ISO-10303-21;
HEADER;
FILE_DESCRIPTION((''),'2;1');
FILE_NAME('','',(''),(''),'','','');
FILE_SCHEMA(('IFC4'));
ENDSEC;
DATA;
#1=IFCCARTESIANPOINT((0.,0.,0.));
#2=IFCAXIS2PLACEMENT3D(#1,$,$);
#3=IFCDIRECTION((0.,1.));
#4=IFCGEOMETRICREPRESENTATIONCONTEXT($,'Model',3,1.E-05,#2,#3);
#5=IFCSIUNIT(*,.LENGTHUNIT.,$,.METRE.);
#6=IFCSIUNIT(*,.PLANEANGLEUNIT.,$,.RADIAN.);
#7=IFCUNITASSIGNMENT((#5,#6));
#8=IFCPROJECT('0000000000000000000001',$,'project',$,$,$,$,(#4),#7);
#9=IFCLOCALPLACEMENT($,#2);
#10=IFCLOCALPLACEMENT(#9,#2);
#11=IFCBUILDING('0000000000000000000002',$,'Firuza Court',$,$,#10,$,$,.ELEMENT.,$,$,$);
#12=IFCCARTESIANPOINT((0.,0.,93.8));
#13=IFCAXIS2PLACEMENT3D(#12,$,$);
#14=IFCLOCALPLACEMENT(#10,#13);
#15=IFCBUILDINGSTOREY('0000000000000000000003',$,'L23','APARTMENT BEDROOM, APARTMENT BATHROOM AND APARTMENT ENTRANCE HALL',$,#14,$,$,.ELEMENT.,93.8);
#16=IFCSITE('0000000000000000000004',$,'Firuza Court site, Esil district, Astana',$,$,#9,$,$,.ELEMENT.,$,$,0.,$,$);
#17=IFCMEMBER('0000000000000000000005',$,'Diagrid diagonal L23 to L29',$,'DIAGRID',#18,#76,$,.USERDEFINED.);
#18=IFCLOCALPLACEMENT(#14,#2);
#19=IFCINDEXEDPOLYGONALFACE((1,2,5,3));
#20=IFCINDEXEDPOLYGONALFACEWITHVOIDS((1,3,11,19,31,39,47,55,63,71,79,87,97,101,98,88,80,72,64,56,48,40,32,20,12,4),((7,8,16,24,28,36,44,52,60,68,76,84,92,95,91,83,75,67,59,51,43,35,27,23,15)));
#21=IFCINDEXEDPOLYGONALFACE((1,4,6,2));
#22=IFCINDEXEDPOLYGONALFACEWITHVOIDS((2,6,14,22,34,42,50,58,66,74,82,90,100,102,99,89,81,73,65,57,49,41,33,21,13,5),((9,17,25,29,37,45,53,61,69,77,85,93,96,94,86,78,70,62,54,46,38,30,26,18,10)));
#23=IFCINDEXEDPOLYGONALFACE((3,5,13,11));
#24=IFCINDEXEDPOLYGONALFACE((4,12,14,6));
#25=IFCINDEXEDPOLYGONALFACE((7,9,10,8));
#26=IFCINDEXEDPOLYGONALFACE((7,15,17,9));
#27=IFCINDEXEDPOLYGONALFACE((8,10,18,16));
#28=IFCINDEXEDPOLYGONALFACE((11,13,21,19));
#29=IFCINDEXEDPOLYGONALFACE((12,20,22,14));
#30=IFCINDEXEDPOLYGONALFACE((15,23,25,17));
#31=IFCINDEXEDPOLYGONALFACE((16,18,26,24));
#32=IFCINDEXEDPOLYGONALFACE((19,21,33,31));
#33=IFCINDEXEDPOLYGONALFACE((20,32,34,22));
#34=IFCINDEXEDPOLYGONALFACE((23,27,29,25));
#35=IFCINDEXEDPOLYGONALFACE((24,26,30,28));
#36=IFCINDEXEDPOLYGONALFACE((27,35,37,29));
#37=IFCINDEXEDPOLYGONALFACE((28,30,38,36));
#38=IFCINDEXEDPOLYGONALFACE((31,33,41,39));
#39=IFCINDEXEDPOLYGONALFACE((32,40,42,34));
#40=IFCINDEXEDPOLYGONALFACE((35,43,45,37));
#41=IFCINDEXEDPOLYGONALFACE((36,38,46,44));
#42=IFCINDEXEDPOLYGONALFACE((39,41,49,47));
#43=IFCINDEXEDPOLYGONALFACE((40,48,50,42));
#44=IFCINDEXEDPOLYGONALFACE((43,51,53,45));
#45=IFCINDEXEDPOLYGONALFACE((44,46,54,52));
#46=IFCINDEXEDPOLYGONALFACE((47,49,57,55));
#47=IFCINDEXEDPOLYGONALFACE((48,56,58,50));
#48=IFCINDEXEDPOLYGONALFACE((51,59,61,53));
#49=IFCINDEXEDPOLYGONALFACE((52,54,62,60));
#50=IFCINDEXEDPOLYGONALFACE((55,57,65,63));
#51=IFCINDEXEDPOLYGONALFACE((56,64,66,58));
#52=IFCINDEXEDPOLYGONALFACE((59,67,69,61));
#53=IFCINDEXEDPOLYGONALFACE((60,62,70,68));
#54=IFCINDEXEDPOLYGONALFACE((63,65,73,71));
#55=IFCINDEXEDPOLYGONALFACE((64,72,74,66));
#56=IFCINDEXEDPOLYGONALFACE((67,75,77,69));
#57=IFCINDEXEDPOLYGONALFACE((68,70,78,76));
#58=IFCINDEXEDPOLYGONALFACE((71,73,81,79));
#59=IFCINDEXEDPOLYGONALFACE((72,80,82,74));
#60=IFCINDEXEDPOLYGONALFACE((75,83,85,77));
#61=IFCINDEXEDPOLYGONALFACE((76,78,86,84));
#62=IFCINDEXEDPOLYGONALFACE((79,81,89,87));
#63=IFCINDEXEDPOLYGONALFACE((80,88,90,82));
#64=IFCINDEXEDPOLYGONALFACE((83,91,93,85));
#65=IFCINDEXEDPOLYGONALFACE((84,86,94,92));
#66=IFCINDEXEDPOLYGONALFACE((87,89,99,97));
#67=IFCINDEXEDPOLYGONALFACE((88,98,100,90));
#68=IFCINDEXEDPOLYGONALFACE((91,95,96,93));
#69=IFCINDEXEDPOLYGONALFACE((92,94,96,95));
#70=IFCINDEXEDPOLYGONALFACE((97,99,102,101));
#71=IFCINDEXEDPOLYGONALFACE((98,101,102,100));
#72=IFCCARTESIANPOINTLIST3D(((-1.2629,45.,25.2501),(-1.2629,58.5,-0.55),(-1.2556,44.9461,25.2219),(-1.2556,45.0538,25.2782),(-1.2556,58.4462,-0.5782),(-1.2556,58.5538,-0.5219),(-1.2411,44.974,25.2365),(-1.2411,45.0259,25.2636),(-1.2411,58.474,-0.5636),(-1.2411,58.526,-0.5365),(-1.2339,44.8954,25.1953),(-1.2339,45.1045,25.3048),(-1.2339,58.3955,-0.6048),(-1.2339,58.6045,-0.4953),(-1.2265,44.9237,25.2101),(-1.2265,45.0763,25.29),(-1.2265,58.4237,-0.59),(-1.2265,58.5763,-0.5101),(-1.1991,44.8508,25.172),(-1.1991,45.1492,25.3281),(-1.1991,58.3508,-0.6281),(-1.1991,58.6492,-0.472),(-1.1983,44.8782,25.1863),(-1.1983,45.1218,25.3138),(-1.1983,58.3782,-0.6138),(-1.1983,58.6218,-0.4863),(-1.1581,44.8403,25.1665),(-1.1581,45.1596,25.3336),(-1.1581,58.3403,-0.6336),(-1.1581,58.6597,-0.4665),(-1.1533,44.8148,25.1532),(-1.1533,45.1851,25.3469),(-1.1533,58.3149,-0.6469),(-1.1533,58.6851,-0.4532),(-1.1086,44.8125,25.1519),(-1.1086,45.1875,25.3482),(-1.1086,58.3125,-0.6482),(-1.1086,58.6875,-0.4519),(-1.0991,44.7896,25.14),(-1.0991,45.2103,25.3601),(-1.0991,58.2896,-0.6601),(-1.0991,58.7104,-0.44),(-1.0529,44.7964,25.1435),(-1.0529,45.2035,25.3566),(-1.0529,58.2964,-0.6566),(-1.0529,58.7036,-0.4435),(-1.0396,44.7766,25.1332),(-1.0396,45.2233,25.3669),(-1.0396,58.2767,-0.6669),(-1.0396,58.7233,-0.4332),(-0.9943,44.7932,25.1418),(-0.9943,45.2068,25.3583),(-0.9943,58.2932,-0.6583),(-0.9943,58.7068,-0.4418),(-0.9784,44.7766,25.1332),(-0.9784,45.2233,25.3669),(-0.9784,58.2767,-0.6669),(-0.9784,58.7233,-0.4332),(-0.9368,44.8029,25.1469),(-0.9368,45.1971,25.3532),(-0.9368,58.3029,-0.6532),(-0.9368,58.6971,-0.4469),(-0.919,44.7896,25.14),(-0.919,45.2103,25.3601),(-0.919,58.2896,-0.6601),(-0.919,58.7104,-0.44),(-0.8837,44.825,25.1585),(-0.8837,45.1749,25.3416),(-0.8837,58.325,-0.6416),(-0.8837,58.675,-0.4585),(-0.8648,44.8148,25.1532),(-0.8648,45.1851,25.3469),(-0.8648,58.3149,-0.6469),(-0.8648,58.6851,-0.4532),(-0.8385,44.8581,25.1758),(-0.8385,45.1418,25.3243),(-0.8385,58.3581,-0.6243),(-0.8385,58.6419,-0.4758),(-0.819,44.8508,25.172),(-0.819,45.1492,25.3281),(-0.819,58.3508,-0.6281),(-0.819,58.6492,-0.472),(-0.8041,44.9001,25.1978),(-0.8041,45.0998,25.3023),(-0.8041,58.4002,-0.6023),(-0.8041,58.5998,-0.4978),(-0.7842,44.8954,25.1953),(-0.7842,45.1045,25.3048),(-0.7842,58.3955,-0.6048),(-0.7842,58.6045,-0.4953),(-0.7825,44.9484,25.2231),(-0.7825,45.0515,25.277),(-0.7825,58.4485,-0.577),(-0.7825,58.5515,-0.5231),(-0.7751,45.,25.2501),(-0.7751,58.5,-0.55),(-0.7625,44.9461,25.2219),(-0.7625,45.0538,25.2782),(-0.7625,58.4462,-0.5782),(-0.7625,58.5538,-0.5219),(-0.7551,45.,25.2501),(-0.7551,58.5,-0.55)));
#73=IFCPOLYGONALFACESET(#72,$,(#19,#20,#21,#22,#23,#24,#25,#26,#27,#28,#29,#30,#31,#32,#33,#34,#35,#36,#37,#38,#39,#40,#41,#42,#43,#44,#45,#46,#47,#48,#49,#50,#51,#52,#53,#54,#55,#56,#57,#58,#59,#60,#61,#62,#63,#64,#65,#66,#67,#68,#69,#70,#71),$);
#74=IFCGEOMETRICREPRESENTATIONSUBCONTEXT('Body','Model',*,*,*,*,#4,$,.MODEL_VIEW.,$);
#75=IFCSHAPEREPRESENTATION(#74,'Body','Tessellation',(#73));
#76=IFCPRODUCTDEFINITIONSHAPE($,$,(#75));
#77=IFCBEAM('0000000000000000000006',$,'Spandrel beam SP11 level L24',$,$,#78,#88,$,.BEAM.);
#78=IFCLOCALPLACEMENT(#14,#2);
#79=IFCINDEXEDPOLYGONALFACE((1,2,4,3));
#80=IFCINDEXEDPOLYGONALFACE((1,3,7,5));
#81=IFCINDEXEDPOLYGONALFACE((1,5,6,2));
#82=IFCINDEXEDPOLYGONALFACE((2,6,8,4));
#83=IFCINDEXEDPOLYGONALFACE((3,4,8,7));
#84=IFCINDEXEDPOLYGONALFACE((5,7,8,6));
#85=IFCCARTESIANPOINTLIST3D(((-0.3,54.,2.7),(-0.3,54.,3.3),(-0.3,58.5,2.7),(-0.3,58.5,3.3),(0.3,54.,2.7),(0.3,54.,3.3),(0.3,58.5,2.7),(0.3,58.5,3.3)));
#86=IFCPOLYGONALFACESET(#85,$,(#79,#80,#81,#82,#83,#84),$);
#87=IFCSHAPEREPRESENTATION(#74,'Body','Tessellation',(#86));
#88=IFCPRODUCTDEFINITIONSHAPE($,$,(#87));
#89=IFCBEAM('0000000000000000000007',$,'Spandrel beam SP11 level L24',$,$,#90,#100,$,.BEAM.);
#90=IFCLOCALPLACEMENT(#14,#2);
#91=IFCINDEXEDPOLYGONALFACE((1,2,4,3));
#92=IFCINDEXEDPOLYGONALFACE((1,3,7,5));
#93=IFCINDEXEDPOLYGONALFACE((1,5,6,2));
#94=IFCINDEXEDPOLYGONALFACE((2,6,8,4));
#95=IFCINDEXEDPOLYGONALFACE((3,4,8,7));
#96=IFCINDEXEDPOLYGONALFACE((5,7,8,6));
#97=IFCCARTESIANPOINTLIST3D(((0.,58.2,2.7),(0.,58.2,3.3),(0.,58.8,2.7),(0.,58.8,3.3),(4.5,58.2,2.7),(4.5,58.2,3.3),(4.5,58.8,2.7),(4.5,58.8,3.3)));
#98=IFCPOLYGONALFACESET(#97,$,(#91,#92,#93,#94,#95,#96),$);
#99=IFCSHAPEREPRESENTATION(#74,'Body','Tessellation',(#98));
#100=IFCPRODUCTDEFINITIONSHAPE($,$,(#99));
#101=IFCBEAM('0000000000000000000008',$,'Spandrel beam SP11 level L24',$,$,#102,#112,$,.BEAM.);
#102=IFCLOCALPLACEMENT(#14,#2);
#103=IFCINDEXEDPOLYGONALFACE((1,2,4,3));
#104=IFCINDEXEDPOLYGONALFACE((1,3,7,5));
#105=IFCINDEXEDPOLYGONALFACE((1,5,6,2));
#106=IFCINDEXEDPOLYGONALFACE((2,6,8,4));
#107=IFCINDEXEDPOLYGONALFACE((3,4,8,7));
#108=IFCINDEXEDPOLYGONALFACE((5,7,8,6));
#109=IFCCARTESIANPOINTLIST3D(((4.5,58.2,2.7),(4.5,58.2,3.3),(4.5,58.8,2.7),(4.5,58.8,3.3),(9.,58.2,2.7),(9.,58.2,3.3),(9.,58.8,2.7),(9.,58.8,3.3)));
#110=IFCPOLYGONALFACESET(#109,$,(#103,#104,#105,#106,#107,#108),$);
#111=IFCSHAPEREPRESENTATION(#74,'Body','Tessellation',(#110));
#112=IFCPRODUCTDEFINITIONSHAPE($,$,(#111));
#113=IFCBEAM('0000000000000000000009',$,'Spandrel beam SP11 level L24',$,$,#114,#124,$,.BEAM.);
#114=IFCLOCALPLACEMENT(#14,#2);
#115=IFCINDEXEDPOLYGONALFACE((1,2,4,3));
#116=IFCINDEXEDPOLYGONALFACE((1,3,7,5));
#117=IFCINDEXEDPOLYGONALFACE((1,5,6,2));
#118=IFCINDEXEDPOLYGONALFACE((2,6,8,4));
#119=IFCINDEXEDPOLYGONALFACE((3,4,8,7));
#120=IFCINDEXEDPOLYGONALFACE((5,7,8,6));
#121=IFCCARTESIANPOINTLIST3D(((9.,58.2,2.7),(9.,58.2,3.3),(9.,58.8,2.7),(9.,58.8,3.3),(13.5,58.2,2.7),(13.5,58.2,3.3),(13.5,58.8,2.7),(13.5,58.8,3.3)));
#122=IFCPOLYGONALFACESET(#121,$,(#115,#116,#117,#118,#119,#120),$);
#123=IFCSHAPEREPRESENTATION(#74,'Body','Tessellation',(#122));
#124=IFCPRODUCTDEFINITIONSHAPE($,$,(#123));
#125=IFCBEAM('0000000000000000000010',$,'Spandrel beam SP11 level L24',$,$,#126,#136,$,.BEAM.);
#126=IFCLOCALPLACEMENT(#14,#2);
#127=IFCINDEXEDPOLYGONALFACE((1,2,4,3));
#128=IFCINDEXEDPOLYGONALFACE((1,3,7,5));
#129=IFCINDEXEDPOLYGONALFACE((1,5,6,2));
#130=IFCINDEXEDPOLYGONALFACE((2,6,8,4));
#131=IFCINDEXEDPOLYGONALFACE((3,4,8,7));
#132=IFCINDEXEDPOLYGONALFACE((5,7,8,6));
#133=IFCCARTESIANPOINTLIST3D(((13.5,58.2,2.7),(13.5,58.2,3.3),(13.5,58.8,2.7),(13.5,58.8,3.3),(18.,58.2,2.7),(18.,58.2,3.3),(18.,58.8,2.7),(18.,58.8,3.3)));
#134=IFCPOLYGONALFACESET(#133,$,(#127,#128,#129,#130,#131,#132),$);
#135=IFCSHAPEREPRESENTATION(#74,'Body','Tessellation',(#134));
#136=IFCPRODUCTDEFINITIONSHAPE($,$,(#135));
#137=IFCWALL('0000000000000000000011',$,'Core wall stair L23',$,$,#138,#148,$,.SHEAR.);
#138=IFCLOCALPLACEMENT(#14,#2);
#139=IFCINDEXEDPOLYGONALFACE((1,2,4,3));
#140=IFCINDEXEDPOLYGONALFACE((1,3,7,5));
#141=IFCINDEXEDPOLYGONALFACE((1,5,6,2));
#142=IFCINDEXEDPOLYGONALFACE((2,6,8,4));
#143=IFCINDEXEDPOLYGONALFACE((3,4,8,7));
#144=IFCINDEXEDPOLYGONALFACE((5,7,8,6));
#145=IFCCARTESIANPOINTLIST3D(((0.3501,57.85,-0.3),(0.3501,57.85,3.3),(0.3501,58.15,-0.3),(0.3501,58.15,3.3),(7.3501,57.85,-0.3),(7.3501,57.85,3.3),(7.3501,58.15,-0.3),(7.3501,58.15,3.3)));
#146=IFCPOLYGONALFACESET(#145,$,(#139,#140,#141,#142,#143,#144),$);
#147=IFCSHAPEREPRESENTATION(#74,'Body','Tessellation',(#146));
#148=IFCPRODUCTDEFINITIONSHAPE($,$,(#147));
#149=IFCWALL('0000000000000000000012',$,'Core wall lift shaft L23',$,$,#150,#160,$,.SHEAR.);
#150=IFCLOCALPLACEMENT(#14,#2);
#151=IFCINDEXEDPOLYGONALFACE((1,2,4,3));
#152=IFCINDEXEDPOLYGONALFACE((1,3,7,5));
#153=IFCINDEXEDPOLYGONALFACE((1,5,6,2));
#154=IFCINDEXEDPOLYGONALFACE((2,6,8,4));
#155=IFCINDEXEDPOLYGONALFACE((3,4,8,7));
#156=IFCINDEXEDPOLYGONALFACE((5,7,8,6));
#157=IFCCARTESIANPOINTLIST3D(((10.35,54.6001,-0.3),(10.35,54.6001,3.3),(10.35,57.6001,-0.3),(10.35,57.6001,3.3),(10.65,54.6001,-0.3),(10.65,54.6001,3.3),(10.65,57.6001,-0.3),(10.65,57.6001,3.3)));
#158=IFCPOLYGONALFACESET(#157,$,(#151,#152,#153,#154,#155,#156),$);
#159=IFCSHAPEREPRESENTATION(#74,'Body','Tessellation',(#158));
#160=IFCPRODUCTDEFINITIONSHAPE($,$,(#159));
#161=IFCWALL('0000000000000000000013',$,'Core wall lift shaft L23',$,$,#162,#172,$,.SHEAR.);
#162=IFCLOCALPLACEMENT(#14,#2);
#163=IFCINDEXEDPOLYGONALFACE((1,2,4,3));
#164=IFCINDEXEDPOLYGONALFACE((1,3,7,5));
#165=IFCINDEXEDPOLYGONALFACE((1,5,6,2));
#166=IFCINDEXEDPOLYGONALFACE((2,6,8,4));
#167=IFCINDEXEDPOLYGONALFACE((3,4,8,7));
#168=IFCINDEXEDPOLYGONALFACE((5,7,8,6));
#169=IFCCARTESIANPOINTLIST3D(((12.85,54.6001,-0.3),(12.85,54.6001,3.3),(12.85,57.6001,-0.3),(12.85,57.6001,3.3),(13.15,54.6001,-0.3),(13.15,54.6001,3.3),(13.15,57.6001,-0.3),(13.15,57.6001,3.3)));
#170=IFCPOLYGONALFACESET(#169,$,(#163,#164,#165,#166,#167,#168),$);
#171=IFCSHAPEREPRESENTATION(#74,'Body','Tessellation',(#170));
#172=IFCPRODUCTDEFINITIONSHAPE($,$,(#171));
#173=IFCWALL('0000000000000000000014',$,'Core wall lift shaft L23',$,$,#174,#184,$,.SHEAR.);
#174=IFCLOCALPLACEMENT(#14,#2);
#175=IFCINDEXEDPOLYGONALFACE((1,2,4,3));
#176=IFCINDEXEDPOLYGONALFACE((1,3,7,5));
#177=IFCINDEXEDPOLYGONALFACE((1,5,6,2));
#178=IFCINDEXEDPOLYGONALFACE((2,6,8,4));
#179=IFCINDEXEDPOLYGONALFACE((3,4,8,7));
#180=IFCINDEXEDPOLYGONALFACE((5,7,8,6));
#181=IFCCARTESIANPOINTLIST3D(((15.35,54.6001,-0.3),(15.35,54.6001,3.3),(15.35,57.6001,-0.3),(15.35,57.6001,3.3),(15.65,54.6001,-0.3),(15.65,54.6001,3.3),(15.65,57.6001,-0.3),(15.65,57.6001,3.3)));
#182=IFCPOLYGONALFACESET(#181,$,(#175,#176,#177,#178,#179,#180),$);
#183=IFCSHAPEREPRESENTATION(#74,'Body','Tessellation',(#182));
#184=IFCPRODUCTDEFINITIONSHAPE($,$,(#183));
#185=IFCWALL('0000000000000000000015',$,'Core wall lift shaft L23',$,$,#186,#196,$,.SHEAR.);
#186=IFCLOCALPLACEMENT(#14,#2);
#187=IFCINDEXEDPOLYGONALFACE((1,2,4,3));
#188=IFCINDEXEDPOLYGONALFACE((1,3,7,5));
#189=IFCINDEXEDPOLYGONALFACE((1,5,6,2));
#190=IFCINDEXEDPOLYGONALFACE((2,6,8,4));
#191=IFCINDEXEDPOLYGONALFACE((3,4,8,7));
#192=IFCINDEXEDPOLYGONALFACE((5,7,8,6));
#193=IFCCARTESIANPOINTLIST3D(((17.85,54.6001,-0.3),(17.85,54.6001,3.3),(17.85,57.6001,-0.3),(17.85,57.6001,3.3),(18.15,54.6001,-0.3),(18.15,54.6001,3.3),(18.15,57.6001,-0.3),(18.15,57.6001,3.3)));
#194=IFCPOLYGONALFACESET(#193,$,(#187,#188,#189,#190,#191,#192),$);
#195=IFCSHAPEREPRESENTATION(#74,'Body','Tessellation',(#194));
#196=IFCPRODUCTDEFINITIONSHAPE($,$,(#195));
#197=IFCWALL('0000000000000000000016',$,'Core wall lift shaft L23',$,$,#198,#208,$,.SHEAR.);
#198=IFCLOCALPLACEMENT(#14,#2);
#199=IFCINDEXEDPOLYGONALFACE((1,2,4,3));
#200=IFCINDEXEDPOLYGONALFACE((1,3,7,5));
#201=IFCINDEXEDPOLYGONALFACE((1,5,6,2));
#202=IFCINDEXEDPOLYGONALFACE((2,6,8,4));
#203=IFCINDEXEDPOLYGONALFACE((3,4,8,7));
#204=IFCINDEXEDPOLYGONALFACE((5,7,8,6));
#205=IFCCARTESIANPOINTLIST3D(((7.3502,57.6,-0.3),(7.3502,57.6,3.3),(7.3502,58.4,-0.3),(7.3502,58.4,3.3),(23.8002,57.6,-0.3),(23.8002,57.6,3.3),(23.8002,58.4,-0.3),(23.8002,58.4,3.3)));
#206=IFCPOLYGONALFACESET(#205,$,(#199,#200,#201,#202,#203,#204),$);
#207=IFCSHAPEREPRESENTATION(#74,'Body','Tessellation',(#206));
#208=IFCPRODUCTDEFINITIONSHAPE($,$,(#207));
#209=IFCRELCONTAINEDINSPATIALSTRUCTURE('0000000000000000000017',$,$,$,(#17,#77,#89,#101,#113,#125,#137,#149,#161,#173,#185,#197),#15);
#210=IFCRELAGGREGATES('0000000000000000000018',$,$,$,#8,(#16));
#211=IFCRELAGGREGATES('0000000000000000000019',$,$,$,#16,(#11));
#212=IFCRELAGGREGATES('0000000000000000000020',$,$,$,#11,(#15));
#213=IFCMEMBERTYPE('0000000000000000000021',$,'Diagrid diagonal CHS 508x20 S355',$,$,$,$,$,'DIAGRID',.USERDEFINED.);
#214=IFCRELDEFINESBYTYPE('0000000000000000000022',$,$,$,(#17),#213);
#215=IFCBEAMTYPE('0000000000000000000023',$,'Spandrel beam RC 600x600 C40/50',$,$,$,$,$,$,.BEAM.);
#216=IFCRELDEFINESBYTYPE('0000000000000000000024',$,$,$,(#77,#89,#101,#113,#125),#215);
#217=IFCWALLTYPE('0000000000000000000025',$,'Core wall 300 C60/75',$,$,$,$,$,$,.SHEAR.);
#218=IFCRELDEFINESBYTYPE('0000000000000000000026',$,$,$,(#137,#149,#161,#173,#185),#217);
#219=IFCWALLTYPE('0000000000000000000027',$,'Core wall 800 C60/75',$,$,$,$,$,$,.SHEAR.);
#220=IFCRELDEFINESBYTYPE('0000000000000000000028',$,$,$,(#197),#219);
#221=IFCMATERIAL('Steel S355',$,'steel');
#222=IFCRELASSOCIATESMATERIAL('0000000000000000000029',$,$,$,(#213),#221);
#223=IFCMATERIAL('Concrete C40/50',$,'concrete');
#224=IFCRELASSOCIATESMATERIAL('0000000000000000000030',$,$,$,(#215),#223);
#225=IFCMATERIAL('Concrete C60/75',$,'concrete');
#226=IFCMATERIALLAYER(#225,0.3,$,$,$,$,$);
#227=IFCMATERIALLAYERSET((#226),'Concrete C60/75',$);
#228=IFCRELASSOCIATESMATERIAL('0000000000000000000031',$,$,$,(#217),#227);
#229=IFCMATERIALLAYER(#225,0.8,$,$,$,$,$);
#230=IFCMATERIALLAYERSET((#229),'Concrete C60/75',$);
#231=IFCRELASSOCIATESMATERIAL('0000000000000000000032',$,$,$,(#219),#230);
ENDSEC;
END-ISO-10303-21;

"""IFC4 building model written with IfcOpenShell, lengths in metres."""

from ifc_helpers import new_model, si_unit, direction, frame, frame_2d, origin, origin_2d, place, context, subcontext, project, spatial, rectangle, hollow_circle, extrude, material, layer, layer_set, material_profile, profile_set, type_object, element, save


model = new_model("IFC4")

# Units and contexts
model_context = context("Model", 3, precision=1e-05, world=origin(), true_north=direction((0.0, 1.0)))
body_context = subcontext(model_context, "Body", "Model", "MODEL_VIEW")
ifc_project = project(units=[si_unit("LENGTHUNIT", "METRE"), si_unit("PLANEANGLEUNIT", "RADIAN")], contexts=[model_context])

# Site, building, storey
site_placement = place(None, origin())
site = spatial("IfcSite", under=ifc_project, at=site_placement, Name="Firuza Court site, Esil district, Astana", CompositionType="ELEMENT", RefElevation=0.0)
building_placement = place(site_placement, origin())
building = spatial("IfcBuilding", under=site, at=building_placement, Name="Firuza Court", CompositionType="ELEMENT")
storey_placement = place(building_placement, frame((0.0, 0.0, 93.8)))
storey = spatial("IfcBuildingStorey", under=building, at=storey_placement, Name="L23", Description="APARTMENT BEDROOM, APARTMENT BATHROOM AND APARTMENT ENTRANCE HALL", CompositionType="ELEMENT", Elevation=93.8)

# Member
ifc_material_1 = material(Name="Steel S355", Category="steel")
ifc_material_profile_1 = material_profile(ifc_material_1, hollow_circle(Radius=0.2539, WallThickness=0.02, at=origin_2d()), Name="CHS 508x20")
ifc_profile_set_1 = profile_set([ifc_material_profile_1], Name="Steel S355")
member_type = type_object("IfcMemberType", Name="Diagrid diagonal CHS 508x20 S355", ElementType="DIAGRID", PredefinedType="USERDEFINED", material=ifc_profile_set_1)
for number, where, z_axis, x_axis, name in (
    (1, (-1.009, 58.5, -0.55), (0.0, -0.463621, 0.886033), (1.0, 0.0, 0.0), "Diagrid diagonal L23 to L29"),
):
    element("IfcMember", number, at=place(storey_placement, frame(where, z_axis=z_axis, x_axis=x_axis)), inside=storey, type_object=member_type, Name=name, ObjectType="DIAGRID", PredefinedType="USERDEFINED", context=body_context, shape_type="SweptSolid", body=[
        extrude(hollow_circle(Radius=0.2539, WallThickness=0.02, at=origin_2d()), origin(), (0.0, 0.0, 1.0), 29.1187),
    ])

# Beams
ifc_material_2 = material(Name="Concrete C40/50", Category="concrete")
ifc_material_profile_2 = material_profile(ifc_material_2, rectangle(XDim=0.6001, YDim=0.6001, at=origin_2d()), Name="RC 600x600")
ifc_profile_set_2 = profile_set([ifc_material_profile_2], Name="Concrete C40/50")
beam_type = type_object("IfcBeamType", Name="Spandrel beam RC 600x600 C40/50", PredefinedType="BEAM", material=ifc_profile_set_2)
for number, where, z_axis, x_axis, name in (
    (2, (0.0, 58.5, 3.0), (0.0, -1.0, 0.0), (1.0, 0.0, 0.0), "Spandrel beam SP11 level L24"),
    (3, (4.5, 58.5, 3.0), (-1.0, 0.0, 0.0), (0.0, -1.0, 0.0), "Spandrel beam SP11 level L24"),
    (4, (9.0, 58.5, 3.0), (-1.0, 0.0, 0.0), (0.0, -1.0, 0.0), "Spandrel beam SP11 level L24"),
    (5, (13.5, 58.5, 3.0), (-1.0, 0.0, 0.0), (0.0, -1.0, 0.0), "Spandrel beam SP11 level L24"),
    (6, (18.0, 58.5, 3.0), (-1.0, 0.0, 0.0), (0.0, -1.0, 0.0), "Spandrel beam SP11 level L24"),
):
    element("IfcBeam", number, at=place(storey_placement, frame(where, z_axis=z_axis, x_axis=x_axis)), inside=storey, type_object=beam_type, Name=name, PredefinedType="BEAM", context=body_context, shape_type="SweptSolid", body=[
        extrude(rectangle(XDim=0.6001, YDim=0.6001, at=origin_2d()), origin(), (0.0, 0.0, 1.0), 4.5),
    ])

# Walls
ifc_material_3 = material(Name="Concrete C60/75", Category="concrete")
ifc_layer_1 = layer(ifc_material_3, 0.3)
ifc_layer_set_1 = layer_set([ifc_layer_1], Name="Concrete C60/75")
wall_type_1 = type_object("IfcWallType", Name="Core wall 300 C60/75", PredefinedType="SHEAR", material=ifc_layer_set_1)
wall_1_placement = place(storey_placement, frame((0.3501, 58.0, -0.3), z_axis=(0.0, 0.0, 1.0), x_axis=(1.0, 0.0, 0.0)))
element("IfcWall", 7, at=wall_1_placement, inside=storey, type_object=wall_type_1, Name="Core wall stair L23", PredefinedType="SHEAR", context=body_context, shape_type="SweptSolid", body=[
    extrude(rectangle(XDim=7.0, YDim=0.3, at=frame_2d((3.5, 0.0))), origin(), (0.0, 0.0, 1.0), 3.6001),
])
for number, where, z_axis, x_axis, name in (
    (8, (10.5, 54.6001, -0.3), (0.0, 0.0, 1.0), (0.0, 1.0, 0.0), "Core wall lift shaft L23"),
    (9, (13.0, 54.6001, -0.3), (0.0, 0.0, 1.0), (0.0, 1.0, 0.0), "Core wall lift shaft L23"),
    (10, (15.5, 54.6001, -0.3), (0.0, 0.0, 1.0), (0.0, 1.0, 0.0), "Core wall lift shaft L23"),
    (11, (18.0, 54.6001, -0.3), (0.0, 0.0, 1.0), (0.0, 1.0, 0.0), "Core wall lift shaft L23"),
):
    element("IfcWall", number, at=place(storey_placement, frame(where, z_axis=z_axis, x_axis=x_axis)), inside=storey, type_object=wall_type_1, Name=name, PredefinedType="SHEAR", context=body_context, shape_type="SweptSolid", body=[
        extrude(rectangle(XDim=3.0, YDim=0.3, at=frame_2d((1.5, 0.0))), origin(), (0.0, 0.0, 1.0), 3.6001),
    ])
ifc_layer_2 = layer(ifc_material_3, 0.8)
ifc_layer_set_2 = layer_set([ifc_layer_2], Name="Concrete C60/75")
wall_type_2 = type_object("IfcWallType", Name="Core wall 800 C60/75", PredefinedType="SHEAR", material=ifc_layer_set_2)
wall_2_placement = place(storey_placement, frame((7.3501, 58.0, -0.3), z_axis=(0.0, 0.0, 1.0), x_axis=(1.0, 0.0, 0.0)))
element("IfcWall", 12, at=wall_2_placement, inside=storey, type_object=wall_type_2, Name="Core wall lift shaft L23", PredefinedType="SHEAR", context=body_context, shape_type="SweptSolid", body=[
    extrude(rectangle(XDim=16.45, YDim=0.8, at=frame_2d((8.2251, 0.0))), origin(), (0.0, 0.0, 1.0), 3.6001),
])

save(model, "model.ifc")
